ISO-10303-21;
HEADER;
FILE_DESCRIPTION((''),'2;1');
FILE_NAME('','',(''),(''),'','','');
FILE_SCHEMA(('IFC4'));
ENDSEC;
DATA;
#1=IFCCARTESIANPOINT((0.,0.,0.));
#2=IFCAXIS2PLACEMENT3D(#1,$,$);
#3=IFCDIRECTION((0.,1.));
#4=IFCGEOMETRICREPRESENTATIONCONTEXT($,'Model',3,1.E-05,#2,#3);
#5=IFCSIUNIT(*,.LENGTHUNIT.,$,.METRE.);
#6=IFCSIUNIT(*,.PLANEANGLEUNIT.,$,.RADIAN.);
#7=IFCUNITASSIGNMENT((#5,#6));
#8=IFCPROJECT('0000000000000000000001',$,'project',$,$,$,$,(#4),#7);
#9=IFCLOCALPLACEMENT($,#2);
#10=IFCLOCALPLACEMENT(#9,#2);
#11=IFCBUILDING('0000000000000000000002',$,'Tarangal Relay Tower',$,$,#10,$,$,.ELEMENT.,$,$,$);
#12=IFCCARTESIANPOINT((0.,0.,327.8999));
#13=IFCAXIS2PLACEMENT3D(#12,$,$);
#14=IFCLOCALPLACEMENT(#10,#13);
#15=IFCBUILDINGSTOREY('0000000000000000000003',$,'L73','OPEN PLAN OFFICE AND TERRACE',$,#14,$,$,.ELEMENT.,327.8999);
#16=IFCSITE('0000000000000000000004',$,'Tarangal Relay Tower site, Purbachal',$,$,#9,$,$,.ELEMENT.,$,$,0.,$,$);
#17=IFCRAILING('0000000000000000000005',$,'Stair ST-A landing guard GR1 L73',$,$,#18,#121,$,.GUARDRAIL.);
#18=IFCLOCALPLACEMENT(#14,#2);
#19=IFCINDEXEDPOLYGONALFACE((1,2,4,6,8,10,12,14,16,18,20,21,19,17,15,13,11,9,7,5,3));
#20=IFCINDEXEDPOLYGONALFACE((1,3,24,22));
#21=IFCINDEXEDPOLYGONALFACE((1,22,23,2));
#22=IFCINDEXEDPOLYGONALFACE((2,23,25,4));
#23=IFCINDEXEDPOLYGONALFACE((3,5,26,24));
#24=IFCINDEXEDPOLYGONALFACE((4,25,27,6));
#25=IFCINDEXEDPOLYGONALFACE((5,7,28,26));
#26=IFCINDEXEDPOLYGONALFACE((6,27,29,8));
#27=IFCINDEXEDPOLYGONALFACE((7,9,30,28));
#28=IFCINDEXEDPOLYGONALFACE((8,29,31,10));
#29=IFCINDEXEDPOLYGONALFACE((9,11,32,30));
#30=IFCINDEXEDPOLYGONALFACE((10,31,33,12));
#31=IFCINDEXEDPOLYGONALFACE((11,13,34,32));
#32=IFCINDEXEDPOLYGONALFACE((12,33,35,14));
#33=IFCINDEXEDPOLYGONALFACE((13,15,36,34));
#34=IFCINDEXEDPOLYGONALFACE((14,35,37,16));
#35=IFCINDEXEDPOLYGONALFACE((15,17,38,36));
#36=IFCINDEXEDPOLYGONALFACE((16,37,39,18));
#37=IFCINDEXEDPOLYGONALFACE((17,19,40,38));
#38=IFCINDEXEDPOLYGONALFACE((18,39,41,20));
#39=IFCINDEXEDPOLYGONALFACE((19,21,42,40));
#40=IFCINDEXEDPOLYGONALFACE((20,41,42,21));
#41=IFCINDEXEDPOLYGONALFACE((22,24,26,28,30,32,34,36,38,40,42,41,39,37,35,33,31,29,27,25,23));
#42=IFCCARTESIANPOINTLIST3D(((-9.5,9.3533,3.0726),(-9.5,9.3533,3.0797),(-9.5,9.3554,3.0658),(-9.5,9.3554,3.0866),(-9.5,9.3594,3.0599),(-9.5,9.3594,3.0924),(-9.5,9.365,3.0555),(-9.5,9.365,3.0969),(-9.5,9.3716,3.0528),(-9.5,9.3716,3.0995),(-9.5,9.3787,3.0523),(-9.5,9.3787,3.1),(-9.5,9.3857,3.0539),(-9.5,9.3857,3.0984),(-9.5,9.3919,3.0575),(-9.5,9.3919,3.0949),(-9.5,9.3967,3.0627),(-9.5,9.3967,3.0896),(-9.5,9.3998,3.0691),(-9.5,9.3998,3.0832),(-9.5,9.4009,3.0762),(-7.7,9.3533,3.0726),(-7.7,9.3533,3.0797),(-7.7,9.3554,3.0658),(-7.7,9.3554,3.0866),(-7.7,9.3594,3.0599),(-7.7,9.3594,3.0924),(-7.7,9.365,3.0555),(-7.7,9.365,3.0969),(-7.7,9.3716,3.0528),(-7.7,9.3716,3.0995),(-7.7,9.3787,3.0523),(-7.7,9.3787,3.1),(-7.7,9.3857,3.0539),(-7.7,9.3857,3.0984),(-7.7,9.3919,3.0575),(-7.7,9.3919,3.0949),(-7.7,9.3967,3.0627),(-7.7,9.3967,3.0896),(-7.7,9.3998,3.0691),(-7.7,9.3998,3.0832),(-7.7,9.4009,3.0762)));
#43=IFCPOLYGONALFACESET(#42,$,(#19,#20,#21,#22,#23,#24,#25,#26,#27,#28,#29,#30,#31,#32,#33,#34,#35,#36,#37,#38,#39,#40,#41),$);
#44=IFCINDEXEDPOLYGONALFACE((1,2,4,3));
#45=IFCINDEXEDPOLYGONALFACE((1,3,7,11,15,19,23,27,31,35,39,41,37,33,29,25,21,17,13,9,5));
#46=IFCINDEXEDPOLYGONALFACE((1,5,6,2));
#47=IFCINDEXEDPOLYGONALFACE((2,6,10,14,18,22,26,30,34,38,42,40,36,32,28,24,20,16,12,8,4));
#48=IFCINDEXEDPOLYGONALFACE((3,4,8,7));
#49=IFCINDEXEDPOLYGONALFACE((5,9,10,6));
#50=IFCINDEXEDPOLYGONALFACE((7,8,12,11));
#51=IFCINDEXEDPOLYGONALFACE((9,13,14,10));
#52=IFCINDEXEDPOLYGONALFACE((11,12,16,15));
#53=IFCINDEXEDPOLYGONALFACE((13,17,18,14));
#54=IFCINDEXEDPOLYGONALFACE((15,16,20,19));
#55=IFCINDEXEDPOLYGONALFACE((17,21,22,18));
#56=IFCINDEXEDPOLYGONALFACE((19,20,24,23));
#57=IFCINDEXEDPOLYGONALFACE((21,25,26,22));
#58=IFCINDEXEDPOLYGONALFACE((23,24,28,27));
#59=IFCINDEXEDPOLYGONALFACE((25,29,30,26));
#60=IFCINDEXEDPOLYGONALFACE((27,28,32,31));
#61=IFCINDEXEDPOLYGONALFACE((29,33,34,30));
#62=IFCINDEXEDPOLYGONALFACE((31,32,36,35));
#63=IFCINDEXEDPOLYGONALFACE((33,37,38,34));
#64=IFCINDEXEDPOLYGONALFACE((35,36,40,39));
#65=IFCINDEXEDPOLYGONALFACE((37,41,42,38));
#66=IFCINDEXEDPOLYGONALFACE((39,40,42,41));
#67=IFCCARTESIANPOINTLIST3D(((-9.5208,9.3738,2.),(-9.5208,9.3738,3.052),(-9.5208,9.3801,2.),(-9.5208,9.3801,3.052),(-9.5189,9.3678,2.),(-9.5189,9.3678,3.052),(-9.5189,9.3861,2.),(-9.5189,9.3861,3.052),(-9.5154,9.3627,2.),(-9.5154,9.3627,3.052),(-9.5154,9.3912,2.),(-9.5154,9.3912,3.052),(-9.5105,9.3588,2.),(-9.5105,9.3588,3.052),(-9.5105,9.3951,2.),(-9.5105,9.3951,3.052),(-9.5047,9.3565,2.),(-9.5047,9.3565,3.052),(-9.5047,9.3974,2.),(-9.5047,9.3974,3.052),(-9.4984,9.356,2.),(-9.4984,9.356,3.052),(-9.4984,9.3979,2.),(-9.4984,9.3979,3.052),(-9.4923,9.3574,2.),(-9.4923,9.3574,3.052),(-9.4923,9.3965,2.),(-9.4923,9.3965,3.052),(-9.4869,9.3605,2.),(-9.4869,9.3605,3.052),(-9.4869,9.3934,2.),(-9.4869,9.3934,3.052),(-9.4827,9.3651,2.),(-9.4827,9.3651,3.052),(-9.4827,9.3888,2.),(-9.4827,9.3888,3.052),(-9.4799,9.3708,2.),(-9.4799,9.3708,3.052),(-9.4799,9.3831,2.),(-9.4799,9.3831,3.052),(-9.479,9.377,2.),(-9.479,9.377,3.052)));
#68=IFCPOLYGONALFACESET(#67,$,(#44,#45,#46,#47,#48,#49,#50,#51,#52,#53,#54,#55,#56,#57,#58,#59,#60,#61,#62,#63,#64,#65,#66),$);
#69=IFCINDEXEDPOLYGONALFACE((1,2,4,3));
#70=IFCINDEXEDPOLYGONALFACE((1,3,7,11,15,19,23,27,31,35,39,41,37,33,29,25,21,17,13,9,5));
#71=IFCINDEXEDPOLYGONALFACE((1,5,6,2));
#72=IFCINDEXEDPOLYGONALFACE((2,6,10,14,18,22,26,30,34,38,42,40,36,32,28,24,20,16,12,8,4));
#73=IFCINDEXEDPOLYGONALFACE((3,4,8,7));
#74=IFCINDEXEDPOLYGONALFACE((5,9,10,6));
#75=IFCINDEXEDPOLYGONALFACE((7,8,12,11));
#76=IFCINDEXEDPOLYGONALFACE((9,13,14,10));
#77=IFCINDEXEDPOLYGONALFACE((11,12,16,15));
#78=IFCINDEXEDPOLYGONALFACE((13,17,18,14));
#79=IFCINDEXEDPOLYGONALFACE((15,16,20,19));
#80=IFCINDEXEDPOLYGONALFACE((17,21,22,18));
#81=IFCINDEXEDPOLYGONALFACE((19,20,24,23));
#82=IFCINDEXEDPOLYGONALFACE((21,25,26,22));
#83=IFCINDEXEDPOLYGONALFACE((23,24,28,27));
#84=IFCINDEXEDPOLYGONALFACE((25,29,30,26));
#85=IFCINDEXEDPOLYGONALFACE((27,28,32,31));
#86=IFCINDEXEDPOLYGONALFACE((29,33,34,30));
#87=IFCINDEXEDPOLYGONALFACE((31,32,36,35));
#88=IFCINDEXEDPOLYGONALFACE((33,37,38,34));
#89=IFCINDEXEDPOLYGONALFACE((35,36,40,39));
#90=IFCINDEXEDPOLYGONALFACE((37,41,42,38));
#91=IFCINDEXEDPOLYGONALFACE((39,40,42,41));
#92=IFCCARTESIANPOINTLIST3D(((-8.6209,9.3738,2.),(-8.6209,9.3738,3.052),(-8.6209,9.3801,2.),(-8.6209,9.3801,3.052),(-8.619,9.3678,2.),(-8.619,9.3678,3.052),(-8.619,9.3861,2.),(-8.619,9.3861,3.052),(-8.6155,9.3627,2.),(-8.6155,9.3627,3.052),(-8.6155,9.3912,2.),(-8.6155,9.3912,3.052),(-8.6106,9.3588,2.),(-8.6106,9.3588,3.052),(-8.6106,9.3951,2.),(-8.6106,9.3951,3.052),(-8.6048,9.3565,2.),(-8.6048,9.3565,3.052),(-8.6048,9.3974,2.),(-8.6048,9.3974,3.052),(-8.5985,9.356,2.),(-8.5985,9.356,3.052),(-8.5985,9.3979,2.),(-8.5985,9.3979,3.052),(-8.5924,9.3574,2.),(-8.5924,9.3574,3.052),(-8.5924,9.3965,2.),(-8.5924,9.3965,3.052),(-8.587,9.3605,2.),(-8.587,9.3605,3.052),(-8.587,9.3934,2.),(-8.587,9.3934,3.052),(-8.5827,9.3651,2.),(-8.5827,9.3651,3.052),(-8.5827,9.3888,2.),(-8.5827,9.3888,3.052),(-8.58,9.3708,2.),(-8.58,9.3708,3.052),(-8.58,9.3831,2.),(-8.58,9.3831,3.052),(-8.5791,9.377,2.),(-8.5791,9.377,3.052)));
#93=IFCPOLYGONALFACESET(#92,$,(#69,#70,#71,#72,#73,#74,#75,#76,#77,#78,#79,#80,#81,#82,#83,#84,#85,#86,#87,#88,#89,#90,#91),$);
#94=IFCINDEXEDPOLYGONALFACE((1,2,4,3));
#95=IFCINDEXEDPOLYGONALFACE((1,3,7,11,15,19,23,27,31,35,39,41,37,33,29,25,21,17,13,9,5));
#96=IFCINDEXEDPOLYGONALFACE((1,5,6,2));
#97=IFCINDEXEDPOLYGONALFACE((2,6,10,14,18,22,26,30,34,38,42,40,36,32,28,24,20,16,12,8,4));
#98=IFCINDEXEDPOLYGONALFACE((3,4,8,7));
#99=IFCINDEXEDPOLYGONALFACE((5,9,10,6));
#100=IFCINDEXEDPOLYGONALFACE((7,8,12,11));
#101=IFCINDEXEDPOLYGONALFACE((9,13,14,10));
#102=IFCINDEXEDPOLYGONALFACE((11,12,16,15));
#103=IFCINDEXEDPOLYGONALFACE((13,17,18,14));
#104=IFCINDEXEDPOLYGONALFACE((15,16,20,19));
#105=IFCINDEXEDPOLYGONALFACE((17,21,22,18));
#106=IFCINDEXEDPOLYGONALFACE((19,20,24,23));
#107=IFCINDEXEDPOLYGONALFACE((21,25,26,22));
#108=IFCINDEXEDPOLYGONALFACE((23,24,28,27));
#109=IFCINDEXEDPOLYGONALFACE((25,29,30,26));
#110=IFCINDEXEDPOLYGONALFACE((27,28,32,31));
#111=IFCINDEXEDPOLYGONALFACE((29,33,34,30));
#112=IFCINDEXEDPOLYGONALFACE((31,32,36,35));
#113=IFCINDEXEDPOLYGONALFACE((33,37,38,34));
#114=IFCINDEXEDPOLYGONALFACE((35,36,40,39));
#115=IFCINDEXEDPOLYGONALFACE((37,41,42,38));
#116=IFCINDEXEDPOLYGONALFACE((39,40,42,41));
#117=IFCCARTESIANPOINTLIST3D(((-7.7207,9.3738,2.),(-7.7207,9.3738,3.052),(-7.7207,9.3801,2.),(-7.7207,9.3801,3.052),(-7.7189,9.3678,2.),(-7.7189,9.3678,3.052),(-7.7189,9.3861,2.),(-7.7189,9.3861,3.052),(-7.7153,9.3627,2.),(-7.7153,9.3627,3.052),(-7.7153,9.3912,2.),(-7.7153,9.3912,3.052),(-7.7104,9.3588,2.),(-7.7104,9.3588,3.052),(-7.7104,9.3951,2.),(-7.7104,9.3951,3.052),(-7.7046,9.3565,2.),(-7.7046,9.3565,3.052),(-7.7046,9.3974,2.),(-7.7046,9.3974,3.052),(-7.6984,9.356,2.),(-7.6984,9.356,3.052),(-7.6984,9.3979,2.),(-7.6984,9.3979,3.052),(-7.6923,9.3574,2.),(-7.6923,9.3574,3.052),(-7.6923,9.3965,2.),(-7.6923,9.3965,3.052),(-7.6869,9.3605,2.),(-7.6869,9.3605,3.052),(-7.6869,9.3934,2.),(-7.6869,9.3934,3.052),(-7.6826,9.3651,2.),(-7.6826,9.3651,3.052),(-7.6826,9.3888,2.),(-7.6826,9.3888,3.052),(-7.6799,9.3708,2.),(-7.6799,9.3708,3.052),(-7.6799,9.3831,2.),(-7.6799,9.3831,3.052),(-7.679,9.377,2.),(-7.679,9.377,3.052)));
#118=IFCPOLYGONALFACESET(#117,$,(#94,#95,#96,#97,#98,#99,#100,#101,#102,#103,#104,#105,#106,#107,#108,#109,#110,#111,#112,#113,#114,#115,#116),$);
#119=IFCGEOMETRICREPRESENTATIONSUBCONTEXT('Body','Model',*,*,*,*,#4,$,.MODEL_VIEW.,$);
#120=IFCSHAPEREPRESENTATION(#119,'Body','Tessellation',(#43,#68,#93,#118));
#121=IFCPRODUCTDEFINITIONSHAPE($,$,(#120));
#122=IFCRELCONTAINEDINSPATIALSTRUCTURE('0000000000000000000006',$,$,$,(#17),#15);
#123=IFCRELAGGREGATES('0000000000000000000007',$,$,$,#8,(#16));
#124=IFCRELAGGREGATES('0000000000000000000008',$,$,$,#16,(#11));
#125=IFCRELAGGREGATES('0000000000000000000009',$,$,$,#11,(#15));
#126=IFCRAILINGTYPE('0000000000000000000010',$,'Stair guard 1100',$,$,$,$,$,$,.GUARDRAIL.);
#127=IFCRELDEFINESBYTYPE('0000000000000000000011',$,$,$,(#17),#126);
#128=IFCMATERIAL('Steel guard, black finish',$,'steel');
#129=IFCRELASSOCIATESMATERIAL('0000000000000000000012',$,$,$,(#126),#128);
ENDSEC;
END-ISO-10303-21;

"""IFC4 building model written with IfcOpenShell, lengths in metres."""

from ifc_helpers import new_model, si_unit, direction, frame, origin, origin_2d, place, context, subcontext, project, spatial, circle, extrude, material, type_object, element, save


model = new_model("IFC4")

# Units and contexts
model_context = context("Model", 3, precision=1e-05, world=origin(), true_north=direction((0.0, 1.0)))
body_context = subcontext(model_context, "Body", "Model", "MODEL_VIEW")
ifc_project = project(units=[si_unit("LENGTHUNIT", "METRE"), si_unit("PLANEANGLEUNIT", "RADIAN")], contexts=[model_context])

# Site, building, storey
site_placement = place(None, origin())
site = spatial("IfcSite", under=ifc_project, at=site_placement, Name="Tarangal Relay Tower site, Purbachal", CompositionType="ELEMENT", RefElevation=0.0)
building_placement = place(site_placement, origin())
building = spatial("IfcBuilding", under=site, at=building_placement, Name="Tarangal Relay Tower", CompositionType="ELEMENT")
storey_placement = place(building_placement, frame((0.0, 0.0, 327.8999)))
storey = spatial("IfcBuildingStorey", under=building, at=storey_placement, Name="L73", Description="OPEN PLAN OFFICE AND TERRACE", CompositionType="ELEMENT", Elevation=327.8999)

# Railing
ifc_material_1 = material(Name="Steel guard, black finish", Category="steel")
railing_type_1 = type_object("IfcRailingType", Name="Stair guard 1100", PredefinedType="GUARDRAIL", material=ifc_material_1)
railing_1_placement = place(storey_placement, frame((-9.5, 9.377, 2.0)))
element("IfcRailing", 1, at=railing_1_placement, inside=storey, type_object=railing_type_1, Name="Stair ST-A landing guard GR1 L73", PredefinedType="GUARDRAIL", context=body_context, shape_type="SweptSolid", body=[
    extrude(circle(Radius=0.0239, at=origin_2d()), frame((0.0, 0.0, 1.0762), z_axis=(1.0, 0.0, 0.0), x_axis=(0.0, 1.0, 0.0)), (0.0, 0.0, 1.0), 1.8),
    extrude(circle(Radius=0.021, at=origin_2d()), origin(), (0.0, 0.0, 1.0), 1.052),
    extrude(circle(Radius=0.021, at=origin_2d()), frame((0.8999, 0.0, 0.0)), (0.0, 0.0, 1.0), 1.052),
    extrude(circle(Radius=0.021, at=origin_2d()), frame((1.8, 0.0, 0.0)), (0.0, 0.0, 1.0), 1.052),
])

save(model, "model.ifc")
